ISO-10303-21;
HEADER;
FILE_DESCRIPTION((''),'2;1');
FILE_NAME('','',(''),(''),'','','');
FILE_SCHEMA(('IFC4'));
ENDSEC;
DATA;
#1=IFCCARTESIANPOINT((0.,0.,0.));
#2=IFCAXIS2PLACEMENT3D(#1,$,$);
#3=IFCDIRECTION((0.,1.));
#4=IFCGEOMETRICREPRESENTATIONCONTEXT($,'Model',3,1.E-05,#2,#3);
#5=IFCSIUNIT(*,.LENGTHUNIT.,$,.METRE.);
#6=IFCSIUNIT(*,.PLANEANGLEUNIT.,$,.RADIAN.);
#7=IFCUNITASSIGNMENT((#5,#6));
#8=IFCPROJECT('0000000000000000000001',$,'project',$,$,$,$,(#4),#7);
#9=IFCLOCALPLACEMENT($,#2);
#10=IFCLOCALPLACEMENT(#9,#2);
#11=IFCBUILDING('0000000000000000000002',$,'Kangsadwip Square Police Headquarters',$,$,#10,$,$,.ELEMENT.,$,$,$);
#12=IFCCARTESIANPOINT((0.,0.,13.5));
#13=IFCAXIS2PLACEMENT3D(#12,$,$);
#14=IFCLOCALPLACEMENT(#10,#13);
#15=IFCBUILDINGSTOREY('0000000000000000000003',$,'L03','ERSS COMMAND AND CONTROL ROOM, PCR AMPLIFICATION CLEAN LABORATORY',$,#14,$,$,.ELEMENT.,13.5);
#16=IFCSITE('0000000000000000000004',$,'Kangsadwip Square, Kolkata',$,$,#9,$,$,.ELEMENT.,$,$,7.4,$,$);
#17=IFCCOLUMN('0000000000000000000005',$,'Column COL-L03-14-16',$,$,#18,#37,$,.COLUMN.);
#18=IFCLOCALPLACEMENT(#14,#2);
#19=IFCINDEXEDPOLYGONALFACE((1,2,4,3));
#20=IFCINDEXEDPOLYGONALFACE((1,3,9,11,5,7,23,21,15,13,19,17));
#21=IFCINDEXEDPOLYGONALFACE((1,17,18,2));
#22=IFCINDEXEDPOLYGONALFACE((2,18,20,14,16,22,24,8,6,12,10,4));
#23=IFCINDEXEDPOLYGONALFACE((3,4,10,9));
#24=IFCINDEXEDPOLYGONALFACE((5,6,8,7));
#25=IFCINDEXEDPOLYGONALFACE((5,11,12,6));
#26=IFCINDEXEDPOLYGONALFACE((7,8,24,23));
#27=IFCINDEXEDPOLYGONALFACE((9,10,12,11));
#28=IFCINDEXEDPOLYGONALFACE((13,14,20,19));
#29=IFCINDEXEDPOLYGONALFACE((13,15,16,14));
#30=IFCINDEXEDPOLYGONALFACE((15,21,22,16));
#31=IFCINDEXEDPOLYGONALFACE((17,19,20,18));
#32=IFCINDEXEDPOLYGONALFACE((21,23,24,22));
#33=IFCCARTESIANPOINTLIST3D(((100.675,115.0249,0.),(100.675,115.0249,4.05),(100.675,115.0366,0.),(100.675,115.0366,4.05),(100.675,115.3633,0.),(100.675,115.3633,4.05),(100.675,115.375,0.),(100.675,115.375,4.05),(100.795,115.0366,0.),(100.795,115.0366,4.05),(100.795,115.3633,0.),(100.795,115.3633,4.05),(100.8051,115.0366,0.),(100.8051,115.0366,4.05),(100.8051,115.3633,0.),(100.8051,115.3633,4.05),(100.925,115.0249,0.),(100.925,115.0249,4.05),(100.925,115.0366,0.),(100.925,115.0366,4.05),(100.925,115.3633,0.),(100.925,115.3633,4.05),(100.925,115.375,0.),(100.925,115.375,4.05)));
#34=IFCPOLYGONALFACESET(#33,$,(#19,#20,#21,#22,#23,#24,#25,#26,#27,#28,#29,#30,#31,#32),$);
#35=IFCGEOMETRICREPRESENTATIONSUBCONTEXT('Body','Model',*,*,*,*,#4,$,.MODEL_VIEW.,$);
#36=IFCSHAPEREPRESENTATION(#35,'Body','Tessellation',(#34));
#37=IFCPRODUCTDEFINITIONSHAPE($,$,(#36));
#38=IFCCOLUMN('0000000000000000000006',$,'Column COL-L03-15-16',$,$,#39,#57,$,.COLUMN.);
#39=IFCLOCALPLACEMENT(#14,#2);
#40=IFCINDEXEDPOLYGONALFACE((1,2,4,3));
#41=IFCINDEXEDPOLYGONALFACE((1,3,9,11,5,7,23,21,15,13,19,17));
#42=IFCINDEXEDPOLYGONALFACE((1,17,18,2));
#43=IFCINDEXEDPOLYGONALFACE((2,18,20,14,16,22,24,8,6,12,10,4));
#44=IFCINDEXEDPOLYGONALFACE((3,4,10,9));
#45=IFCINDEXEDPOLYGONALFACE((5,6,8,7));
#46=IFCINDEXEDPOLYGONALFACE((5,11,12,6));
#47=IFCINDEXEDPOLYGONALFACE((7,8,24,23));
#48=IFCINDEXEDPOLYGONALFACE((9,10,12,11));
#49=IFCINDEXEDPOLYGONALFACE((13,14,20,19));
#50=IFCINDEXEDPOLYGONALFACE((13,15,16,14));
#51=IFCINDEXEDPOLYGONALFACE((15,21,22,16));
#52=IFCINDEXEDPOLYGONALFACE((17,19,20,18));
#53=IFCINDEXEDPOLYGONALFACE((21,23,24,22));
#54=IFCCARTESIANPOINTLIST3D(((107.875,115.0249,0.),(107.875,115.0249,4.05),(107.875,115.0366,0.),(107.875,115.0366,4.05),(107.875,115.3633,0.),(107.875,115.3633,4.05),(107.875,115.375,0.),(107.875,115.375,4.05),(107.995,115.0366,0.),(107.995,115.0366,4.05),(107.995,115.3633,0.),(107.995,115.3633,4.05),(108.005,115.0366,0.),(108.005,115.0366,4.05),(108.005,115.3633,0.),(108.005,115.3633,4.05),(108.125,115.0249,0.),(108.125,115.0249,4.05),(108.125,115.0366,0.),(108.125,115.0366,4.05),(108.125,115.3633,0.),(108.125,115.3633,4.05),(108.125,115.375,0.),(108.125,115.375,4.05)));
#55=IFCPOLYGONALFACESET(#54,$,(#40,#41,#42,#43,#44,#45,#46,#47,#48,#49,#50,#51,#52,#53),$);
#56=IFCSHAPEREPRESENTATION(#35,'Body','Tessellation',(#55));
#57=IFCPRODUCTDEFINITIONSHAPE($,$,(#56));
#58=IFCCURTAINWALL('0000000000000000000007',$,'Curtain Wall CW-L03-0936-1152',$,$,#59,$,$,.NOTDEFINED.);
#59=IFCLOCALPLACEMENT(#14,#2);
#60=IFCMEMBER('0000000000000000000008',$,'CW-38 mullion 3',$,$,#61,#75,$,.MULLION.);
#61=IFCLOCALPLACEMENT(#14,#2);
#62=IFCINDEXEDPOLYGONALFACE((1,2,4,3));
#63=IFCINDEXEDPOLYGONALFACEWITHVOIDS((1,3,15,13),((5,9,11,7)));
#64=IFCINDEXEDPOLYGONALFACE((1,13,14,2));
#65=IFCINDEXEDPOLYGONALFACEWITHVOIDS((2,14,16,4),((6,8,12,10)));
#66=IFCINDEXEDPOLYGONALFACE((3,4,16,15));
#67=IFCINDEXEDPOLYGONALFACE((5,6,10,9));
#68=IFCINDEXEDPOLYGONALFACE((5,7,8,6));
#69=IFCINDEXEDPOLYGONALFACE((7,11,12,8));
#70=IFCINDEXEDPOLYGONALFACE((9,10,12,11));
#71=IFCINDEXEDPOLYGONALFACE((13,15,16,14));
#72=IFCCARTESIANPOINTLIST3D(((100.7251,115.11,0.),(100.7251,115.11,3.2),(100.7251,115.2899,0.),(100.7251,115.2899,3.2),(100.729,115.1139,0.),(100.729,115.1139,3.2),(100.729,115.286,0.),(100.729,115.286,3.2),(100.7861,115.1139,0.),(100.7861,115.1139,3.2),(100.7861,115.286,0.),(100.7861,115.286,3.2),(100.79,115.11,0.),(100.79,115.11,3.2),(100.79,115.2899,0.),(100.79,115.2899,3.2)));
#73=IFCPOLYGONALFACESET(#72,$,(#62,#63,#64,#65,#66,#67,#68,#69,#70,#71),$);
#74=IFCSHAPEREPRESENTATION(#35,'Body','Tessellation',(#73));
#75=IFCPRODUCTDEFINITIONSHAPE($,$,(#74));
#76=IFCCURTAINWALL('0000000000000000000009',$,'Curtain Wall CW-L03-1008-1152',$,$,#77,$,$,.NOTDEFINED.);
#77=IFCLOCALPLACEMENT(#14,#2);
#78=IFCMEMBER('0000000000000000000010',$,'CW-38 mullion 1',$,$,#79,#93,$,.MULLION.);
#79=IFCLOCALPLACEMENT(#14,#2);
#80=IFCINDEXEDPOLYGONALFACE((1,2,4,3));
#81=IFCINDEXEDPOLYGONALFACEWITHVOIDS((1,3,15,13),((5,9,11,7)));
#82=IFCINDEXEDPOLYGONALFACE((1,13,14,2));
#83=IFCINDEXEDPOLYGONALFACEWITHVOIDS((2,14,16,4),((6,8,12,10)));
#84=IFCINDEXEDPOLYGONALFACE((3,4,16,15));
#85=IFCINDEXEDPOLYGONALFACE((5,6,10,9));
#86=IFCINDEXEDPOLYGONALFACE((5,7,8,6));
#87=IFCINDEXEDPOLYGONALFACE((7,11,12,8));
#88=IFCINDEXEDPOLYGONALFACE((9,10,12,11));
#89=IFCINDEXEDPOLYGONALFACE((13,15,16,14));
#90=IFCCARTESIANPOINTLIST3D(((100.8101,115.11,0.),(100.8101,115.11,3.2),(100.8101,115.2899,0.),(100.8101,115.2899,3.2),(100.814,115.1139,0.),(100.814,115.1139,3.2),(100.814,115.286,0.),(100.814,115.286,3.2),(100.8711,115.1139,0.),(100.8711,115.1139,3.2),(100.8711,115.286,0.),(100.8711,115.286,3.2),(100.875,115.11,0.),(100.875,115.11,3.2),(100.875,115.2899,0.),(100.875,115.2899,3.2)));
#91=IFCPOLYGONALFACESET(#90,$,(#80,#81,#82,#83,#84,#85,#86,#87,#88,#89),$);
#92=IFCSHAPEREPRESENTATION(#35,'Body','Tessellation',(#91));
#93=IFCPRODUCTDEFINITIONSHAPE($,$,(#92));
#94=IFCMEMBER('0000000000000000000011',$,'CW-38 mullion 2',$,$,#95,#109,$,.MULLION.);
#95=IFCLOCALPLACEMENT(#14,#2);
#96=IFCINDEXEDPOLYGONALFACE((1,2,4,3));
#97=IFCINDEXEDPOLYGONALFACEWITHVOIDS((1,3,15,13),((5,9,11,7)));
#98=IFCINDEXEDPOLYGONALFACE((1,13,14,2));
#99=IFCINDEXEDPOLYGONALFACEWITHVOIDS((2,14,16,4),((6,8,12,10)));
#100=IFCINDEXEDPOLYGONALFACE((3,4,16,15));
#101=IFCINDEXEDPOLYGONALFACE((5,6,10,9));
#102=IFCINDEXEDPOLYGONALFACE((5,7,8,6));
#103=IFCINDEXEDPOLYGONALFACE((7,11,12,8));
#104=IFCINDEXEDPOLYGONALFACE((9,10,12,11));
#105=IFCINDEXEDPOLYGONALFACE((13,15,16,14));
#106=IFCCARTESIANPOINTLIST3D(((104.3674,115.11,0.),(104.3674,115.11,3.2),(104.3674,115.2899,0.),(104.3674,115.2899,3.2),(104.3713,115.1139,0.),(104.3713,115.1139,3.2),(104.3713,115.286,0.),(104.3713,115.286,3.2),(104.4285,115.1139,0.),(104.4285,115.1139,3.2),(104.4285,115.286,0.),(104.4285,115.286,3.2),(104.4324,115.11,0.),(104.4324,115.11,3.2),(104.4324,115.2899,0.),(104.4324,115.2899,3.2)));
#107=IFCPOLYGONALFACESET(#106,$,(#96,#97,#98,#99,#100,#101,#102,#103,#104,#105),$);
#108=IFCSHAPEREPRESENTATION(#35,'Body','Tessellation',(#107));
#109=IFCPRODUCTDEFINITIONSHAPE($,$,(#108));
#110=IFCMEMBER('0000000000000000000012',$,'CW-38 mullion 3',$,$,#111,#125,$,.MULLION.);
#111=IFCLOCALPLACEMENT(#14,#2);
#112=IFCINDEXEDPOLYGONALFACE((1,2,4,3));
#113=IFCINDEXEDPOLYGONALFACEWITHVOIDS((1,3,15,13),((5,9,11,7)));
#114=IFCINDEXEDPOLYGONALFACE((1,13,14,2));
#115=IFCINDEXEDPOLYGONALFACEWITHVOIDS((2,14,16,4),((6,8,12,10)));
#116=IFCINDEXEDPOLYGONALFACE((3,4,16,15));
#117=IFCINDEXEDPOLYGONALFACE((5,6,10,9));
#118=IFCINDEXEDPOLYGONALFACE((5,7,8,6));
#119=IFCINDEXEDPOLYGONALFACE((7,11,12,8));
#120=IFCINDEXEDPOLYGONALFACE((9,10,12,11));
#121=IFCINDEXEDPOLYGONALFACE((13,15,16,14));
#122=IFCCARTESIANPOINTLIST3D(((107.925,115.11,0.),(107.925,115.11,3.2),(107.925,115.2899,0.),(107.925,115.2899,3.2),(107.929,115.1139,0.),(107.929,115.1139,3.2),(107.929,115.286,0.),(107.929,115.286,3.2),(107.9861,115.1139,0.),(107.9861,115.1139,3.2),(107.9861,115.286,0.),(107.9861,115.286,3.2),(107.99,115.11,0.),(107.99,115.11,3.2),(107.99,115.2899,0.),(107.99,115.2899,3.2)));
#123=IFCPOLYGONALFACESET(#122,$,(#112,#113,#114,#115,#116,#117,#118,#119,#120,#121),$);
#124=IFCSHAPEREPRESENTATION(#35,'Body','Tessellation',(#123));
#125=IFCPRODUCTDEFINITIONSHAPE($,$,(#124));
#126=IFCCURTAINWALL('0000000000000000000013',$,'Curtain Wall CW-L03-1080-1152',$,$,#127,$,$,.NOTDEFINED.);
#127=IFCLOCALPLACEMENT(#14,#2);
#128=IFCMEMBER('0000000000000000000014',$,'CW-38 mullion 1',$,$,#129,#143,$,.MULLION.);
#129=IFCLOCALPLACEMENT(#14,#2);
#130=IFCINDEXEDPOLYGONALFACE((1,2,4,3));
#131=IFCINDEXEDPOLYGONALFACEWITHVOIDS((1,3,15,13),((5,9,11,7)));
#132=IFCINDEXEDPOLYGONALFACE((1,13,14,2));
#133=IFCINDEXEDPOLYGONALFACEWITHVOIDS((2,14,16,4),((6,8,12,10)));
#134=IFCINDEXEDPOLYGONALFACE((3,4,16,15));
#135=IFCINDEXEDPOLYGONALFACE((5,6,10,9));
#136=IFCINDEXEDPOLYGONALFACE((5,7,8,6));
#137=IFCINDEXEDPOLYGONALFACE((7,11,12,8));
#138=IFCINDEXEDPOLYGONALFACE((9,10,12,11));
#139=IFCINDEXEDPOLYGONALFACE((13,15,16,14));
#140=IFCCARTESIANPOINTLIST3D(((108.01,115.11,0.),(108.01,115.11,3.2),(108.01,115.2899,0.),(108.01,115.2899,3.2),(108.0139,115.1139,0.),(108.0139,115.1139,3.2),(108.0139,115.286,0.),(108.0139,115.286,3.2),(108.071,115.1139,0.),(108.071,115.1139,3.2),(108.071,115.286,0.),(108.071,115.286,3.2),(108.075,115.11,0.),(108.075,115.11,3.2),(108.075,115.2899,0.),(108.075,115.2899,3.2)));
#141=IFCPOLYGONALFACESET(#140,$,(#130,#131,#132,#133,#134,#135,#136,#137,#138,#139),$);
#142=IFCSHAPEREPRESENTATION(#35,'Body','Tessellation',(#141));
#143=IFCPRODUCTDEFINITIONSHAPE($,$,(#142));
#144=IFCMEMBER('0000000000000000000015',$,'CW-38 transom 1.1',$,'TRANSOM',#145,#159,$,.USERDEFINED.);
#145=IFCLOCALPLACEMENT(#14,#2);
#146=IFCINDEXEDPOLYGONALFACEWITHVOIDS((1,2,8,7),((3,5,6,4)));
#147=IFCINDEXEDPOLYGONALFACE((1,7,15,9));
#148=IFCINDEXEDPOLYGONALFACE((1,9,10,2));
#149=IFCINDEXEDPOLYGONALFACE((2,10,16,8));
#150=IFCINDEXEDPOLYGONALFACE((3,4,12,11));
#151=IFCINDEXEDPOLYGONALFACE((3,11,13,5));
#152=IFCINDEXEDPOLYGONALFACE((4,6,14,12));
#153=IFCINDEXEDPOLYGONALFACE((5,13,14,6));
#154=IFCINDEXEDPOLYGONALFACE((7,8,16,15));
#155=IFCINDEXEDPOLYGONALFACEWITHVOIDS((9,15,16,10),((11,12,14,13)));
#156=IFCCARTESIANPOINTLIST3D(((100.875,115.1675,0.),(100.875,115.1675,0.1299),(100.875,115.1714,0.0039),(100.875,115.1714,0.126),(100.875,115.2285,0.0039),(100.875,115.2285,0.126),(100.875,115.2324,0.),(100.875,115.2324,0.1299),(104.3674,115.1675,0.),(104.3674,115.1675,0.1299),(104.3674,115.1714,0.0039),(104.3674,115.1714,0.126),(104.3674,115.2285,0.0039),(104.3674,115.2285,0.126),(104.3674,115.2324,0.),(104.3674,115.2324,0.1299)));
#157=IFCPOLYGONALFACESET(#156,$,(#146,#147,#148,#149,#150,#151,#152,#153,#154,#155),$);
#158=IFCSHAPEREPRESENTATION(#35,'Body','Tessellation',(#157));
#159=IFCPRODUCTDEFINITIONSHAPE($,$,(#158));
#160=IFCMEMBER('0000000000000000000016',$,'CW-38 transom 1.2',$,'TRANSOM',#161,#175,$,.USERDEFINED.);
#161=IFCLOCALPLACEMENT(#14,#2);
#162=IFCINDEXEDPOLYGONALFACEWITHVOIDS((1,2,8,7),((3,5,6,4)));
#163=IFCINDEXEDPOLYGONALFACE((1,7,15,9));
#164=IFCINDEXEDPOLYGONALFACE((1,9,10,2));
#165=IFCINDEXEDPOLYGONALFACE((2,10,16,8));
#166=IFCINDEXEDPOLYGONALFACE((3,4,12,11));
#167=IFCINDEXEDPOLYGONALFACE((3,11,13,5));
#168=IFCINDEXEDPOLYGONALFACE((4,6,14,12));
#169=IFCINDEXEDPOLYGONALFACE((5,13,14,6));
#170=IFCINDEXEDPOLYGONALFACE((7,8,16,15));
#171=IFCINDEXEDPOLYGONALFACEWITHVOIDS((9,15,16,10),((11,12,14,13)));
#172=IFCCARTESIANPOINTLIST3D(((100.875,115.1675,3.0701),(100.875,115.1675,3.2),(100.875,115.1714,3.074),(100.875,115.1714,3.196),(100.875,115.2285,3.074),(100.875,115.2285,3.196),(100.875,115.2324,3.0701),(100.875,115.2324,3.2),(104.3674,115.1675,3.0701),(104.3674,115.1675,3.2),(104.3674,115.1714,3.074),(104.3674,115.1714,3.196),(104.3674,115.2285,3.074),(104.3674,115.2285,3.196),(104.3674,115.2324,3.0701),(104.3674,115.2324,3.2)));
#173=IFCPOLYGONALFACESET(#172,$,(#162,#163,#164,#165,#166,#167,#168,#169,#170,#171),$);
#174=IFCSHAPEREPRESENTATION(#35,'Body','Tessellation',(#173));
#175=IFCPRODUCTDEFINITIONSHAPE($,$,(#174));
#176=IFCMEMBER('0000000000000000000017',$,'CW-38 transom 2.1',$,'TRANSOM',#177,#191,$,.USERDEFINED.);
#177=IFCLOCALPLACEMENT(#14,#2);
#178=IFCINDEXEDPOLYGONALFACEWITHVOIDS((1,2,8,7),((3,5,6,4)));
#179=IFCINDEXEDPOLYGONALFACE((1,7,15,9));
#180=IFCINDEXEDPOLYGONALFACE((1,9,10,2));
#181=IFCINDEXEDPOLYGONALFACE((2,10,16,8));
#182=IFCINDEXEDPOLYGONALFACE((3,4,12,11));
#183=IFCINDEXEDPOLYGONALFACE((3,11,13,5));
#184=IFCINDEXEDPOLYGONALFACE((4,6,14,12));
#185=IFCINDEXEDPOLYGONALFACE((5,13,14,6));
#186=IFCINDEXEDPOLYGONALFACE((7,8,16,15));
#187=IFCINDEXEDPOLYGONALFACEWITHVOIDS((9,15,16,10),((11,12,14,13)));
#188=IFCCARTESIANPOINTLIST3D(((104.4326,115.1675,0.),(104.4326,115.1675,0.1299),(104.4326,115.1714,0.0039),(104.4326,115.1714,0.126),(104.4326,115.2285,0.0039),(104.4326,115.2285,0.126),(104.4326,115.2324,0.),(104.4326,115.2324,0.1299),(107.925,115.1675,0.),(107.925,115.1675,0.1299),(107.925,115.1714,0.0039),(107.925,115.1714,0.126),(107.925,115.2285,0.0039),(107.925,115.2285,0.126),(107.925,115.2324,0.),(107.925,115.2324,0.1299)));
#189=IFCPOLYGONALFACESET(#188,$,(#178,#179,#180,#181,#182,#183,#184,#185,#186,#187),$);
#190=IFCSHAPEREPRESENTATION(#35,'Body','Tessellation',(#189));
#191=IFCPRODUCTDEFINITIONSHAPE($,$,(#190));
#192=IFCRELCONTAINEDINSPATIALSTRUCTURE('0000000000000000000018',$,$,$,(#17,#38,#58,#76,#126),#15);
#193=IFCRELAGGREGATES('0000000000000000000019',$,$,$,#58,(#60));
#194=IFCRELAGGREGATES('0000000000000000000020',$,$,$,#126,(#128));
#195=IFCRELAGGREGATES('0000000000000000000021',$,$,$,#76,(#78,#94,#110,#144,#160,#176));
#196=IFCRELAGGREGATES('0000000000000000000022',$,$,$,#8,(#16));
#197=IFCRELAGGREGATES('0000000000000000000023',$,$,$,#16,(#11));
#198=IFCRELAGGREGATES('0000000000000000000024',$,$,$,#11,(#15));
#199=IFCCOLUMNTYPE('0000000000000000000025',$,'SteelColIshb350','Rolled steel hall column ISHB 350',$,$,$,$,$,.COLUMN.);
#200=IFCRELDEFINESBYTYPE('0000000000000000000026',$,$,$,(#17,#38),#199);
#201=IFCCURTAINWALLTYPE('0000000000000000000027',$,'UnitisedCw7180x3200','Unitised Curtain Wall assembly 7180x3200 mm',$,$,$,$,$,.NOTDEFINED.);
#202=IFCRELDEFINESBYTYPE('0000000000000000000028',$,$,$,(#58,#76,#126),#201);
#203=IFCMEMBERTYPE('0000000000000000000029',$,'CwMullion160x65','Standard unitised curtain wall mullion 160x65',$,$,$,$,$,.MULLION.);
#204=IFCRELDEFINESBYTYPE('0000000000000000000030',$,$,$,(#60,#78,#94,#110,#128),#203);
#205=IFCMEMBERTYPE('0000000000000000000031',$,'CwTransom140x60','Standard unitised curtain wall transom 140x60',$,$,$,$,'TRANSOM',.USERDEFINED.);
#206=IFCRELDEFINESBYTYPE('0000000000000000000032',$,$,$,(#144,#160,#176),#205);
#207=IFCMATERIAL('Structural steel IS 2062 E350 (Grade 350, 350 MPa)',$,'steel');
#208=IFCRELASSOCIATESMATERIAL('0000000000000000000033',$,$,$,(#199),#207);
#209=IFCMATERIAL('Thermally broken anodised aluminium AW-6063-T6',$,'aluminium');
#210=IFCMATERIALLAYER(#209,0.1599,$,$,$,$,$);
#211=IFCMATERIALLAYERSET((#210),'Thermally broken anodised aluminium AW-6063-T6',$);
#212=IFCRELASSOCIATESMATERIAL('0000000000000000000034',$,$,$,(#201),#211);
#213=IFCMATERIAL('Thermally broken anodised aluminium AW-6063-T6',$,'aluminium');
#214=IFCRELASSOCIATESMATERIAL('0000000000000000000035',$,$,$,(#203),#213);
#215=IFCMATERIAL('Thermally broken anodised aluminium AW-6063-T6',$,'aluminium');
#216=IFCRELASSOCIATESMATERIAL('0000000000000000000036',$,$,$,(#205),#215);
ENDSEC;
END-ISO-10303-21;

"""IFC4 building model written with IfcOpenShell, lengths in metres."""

from ifc_helpers import new_model, si_unit, direction, frame, origin, origin_2d, place, context, subcontext, project, spatial, hollow_rectangle, i_section, extrude, material, layer, layer_set, material_profile, profile_set, type_object, element, aggregate, save


model = new_model("IFC4")

# Units and contexts
model_context = context("Model", 3, precision=1e-05, world=origin(), true_north=direction((0.0, 1.0)))
body_context = subcontext(model_context, "Body", "Model", "MODEL_VIEW")
ifc_project = project(units=[si_unit("LENGTHUNIT", "METRE"), si_unit("PLANEANGLEUNIT", "RADIAN")], contexts=[model_context])

# Site, building, storey
site_placement = place(None, origin())
site = spatial("IfcSite", under=ifc_project, at=site_placement, Name="Kangsadwip Square, Kolkata", CompositionType="ELEMENT", RefElevation=7.4)
building_placement = place(site_placement, origin())
building = spatial("IfcBuilding", under=site, at=building_placement, Name="Kangsadwip Square Police Headquarters", CompositionType="ELEMENT")
storey_placement = place(building_placement, frame((0.0, 0.0, 13.5)))
storey = spatial("IfcBuildingStorey", under=building, at=storey_placement, Name="L03", Description="ERSS COMMAND AND CONTROL ROOM, PCR AMPLIFICATION CLEAN LABORATORY", CompositionType="ELEMENT", Elevation=13.5)

# Columns
ifc_material_1 = material(Name="Structural steel IS 2062 E350 (Grade 350, 350 MPa)", Category="steel")
ifc_material_profile_1 = material_profile(ifc_material_1, i_section(OverallWidth=0.25, OverallDepth=0.3501, WebThickness=0.01, FlangeThickness=0.0117, at=origin_2d()), Name="ISHB 350")
ifc_profile_set_1 = profile_set([ifc_material_profile_1], Name="Structural steel IS 2062 E350 (Grade 350, 350 MPa)")
column_type = type_object("IfcColumnType", Name="SteelColIshb350", Description="Rolled steel hall column ISHB 350", PredefinedType="COLUMN", material=ifc_profile_set_1)
for number, where, z_axis, x_axis, name in (
    (1, (100.8, 115.2, 0.0), (0.0, 0.0, 1.0), (1.0, 0.0, 0.0), "Column COL-L03-14-16"),
    (2, (108.0, 115.2, 0.0), (0.0, 0.0, 1.0), (1.0, 0.0, 0.0), "Column COL-L03-15-16"),
):
    element("IfcColumn", number, at=place(storey_placement, frame(where, z_axis=z_axis, x_axis=x_axis)), inside=storey, type_object=column_type, Name=name, PredefinedType="COLUMN", context=body_context, shape_type="SweptSolid", body=[
        extrude(i_section(OverallWidth=0.25, OverallDepth=0.3501, WebThickness=0.01, FlangeThickness=0.0117, at=origin_2d()), origin(), (0.0, 0.0, 1.0), 4.05),
    ])

# Curtain wall, member
ifc_material_2 = material(Name="Thermally broken anodised aluminium AW-6063-T6", Category="aluminium")
ifc_layer_1 = layer(ifc_material_2, 0.1599)
ifc_layer_set_1 = layer_set([ifc_layer_1], Name="Thermally broken anodised aluminium AW-6063-T6")
curtain_wall_type = type_object("IfcCurtainWallType", Name="UnitisedCw7180x3200", Description="Unitised Curtain Wall assembly 7180x3200 mm", PredefinedType="NOTDEFINED", material=ifc_layer_set_1)
curtain_wall_1_placement = place(storey_placement, origin())
curtain_wall_1 = element("IfcCurtainWall", 3, at=curtain_wall_1_placement, inside=storey, type_object=curtain_wall_type, Name="Curtain Wall CW-L03-0936-1152", PredefinedType="NOTDEFINED")
ifc_material_3 = material(Name="Thermally broken anodised aluminium AW-6063-T6", Category="aluminium")
ifc_material_profile_2 = material_profile(ifc_material_3, hollow_rectangle(XDim=0.0649, YDim=0.1799, WallThickness=0.0039, at=origin_2d()), Name="CWM 180X65X4")
ifc_profile_set_2 = profile_set([ifc_material_profile_2], Name="Thermally broken anodised aluminium AW-6063-T6")
member_type_1 = type_object("IfcMemberType", Name="CwMullion160x65", Description="Standard unitised curtain wall mullion 160x65", PredefinedType="MULLION", material=ifc_profile_set_2)
member_1_placement = place(storey_placement, frame((100.7576, 115.2, 0.0), z_axis=(0.0, 0.0, 1.0), x_axis=(1.0, 0.0, 0.0)))
member_1 = element("IfcMember", 4, at=member_1_placement, type_object=member_type_1, Name="CW-38 mullion 3", PredefinedType="MULLION", context=body_context, shape_type="SweptSolid", body=[
    extrude(hollow_rectangle(XDim=0.0649, YDim=0.1799, WallThickness=0.0039, at=origin_2d()), origin(), (0.0, 0.0, 1.0), 3.2),
])

# Curtain wall, members
curtain_wall_2_placement = place(storey_placement, origin())
curtain_wall_2 = element("IfcCurtainWall", 5, at=curtain_wall_2_placement, inside=storey, type_object=curtain_wall_type, Name="Curtain Wall CW-L03-1008-1152", PredefinedType="NOTDEFINED")
member_2_placement = place(storey_placement, frame((100.8425, 115.2, 0.0), z_axis=(0.0, 0.0, 1.0), x_axis=(1.0, 0.0, 0.0)))
member_2 = element("IfcMember", 6, at=member_2_placement, type_object=member_type_1, Name="CW-38 mullion 1", PredefinedType="MULLION", context=body_context, shape_type="SweptSolid", body=[
    extrude(hollow_rectangle(XDim=0.0649, YDim=0.1799, WallThickness=0.0039, at=origin_2d()), origin(), (0.0, 0.0, 1.0), 3.2),
])
member_3_placement = place(storey_placement, frame((104.3999, 115.2, 0.0), z_axis=(0.0, 0.0, 1.0), x_axis=(1.0, 0.0, 0.0)))
member_3 = element("IfcMember", 7, at=member_3_placement, type_object=member_type_1, Name="CW-38 mullion 2", PredefinedType="MULLION", context=body_context, shape_type="SweptSolid", body=[
    extrude(hollow_rectangle(XDim=0.0649, YDim=0.1799, WallThickness=0.0039, at=origin_2d()), origin(), (0.0, 0.0, 1.0), 3.2),
])
member_4_placement = place(storey_placement, frame((107.9575, 115.2, 0.0), z_axis=(0.0, 0.0, 1.0), x_axis=(1.0, 0.0, 0.0)))
member_4 = element("IfcMember", 8, at=member_4_placement, type_object=member_type_1, Name="CW-38 mullion 3", PredefinedType="MULLION", context=body_context, shape_type="SweptSolid", body=[
    extrude(hollow_rectangle(XDim=0.0649, YDim=0.1799, WallThickness=0.0039, at=origin_2d()), origin(), (0.0, 0.0, 1.0), 3.2),
])

# Curtain wall, member
curtain_wall_3_placement = place(storey_placement, origin())
curtain_wall_3 = element("IfcCurtainWall", 9, at=curtain_wall_3_placement, inside=storey, type_object=curtain_wall_type, Name="Curtain Wall CW-L03-1080-1152", PredefinedType="NOTDEFINED")
member_5_placement = place(storey_placement, frame((108.0425, 115.2, 0.0), z_axis=(0.0, 0.0, 1.0), x_axis=(1.0, 0.0, 0.0)))
member_5 = element("IfcMember", 10, at=member_5_placement, type_object=member_type_1, Name="CW-38 mullion 1", PredefinedType="MULLION", context=body_context, shape_type="SweptSolid", body=[
    extrude(hollow_rectangle(XDim=0.0649, YDim=0.1799, WallThickness=0.0039, at=origin_2d()), origin(), (0.0, 0.0, 1.0), 3.2),
])

# Members
ifc_material_4 = material(Name="Thermally broken anodised aluminium AW-6063-T6", Category="aluminium")
ifc_material_profile_3 = material_profile(ifc_material_4, hollow_rectangle(XDim=0.0649, YDim=0.1299, WallThickness=0.0039, at=origin_2d()), Name="CWT 130X65X4")
ifc_profile_set_3 = profile_set([ifc_material_profile_3], Name="Thermally broken anodised aluminium AW-6063-T6")
member_type_2 = type_object("IfcMemberType", Name="CwTransom140x60", Description="Standard unitised curtain wall transom 140x60", ElementType="TRANSOM", PredefinedType="USERDEFINED", material=ifc_profile_set_3)
member_6_placement = place(storey_placement, frame((100.875, 115.2, 0.0649), z_axis=(1.0, 0.0, 0.0), x_axis=(0.0, 1.0, 0.0)))
member_6 = element("IfcMember", 11, at=member_6_placement, type_object=member_type_2, Name="CW-38 transom 1.1", ObjectType="TRANSOM", PredefinedType="USERDEFINED", context=body_context, shape_type="SweptSolid", body=[
    extrude(hollow_rectangle(XDim=0.0649, YDim=0.1299, WallThickness=0.0039, at=origin_2d()), origin(), (0.0, 0.0, 1.0), 3.4924),
])
member_7_placement = place(storey_placement, frame((100.875, 115.2, 3.135), z_axis=(1.0, 0.0, 0.0), x_axis=(0.0, 1.0, 0.0)))
member_7 = element("IfcMember", 12, at=member_7_placement, type_object=member_type_2, Name="CW-38 transom 1.2", ObjectType="TRANSOM", PredefinedType="USERDEFINED", context=body_context, shape_type="SweptSolid", body=[
    extrude(hollow_rectangle(XDim=0.0649, YDim=0.1299, WallThickness=0.0039, at=origin_2d()), origin(), (0.0, 0.0, 1.0), 3.4924),
])
member_8_placement = place(storey_placement, frame((104.4326, 115.2, 0.0649), z_axis=(1.0, 0.0, 0.0), x_axis=(0.0, 1.0, 0.0)))
member_8 = element("IfcMember", 13, at=member_8_placement, type_object=member_type_2, Name="CW-38 transom 2.1", ObjectType="TRANSOM", PredefinedType="USERDEFINED", context=body_context, shape_type="SweptSolid", body=[
    extrude(hollow_rectangle(XDim=0.0649, YDim=0.1299, WallThickness=0.0039, at=origin_2d()), origin(), (0.0, 0.0, 1.0), 3.4924),
])

aggregate(curtain_wall_1, [member_1])
aggregate(curtain_wall_3, [member_5])
aggregate(curtain_wall_2, [member_2, member_3, member_4, member_6, member_7, member_8])

save(model, "model.ifc")
